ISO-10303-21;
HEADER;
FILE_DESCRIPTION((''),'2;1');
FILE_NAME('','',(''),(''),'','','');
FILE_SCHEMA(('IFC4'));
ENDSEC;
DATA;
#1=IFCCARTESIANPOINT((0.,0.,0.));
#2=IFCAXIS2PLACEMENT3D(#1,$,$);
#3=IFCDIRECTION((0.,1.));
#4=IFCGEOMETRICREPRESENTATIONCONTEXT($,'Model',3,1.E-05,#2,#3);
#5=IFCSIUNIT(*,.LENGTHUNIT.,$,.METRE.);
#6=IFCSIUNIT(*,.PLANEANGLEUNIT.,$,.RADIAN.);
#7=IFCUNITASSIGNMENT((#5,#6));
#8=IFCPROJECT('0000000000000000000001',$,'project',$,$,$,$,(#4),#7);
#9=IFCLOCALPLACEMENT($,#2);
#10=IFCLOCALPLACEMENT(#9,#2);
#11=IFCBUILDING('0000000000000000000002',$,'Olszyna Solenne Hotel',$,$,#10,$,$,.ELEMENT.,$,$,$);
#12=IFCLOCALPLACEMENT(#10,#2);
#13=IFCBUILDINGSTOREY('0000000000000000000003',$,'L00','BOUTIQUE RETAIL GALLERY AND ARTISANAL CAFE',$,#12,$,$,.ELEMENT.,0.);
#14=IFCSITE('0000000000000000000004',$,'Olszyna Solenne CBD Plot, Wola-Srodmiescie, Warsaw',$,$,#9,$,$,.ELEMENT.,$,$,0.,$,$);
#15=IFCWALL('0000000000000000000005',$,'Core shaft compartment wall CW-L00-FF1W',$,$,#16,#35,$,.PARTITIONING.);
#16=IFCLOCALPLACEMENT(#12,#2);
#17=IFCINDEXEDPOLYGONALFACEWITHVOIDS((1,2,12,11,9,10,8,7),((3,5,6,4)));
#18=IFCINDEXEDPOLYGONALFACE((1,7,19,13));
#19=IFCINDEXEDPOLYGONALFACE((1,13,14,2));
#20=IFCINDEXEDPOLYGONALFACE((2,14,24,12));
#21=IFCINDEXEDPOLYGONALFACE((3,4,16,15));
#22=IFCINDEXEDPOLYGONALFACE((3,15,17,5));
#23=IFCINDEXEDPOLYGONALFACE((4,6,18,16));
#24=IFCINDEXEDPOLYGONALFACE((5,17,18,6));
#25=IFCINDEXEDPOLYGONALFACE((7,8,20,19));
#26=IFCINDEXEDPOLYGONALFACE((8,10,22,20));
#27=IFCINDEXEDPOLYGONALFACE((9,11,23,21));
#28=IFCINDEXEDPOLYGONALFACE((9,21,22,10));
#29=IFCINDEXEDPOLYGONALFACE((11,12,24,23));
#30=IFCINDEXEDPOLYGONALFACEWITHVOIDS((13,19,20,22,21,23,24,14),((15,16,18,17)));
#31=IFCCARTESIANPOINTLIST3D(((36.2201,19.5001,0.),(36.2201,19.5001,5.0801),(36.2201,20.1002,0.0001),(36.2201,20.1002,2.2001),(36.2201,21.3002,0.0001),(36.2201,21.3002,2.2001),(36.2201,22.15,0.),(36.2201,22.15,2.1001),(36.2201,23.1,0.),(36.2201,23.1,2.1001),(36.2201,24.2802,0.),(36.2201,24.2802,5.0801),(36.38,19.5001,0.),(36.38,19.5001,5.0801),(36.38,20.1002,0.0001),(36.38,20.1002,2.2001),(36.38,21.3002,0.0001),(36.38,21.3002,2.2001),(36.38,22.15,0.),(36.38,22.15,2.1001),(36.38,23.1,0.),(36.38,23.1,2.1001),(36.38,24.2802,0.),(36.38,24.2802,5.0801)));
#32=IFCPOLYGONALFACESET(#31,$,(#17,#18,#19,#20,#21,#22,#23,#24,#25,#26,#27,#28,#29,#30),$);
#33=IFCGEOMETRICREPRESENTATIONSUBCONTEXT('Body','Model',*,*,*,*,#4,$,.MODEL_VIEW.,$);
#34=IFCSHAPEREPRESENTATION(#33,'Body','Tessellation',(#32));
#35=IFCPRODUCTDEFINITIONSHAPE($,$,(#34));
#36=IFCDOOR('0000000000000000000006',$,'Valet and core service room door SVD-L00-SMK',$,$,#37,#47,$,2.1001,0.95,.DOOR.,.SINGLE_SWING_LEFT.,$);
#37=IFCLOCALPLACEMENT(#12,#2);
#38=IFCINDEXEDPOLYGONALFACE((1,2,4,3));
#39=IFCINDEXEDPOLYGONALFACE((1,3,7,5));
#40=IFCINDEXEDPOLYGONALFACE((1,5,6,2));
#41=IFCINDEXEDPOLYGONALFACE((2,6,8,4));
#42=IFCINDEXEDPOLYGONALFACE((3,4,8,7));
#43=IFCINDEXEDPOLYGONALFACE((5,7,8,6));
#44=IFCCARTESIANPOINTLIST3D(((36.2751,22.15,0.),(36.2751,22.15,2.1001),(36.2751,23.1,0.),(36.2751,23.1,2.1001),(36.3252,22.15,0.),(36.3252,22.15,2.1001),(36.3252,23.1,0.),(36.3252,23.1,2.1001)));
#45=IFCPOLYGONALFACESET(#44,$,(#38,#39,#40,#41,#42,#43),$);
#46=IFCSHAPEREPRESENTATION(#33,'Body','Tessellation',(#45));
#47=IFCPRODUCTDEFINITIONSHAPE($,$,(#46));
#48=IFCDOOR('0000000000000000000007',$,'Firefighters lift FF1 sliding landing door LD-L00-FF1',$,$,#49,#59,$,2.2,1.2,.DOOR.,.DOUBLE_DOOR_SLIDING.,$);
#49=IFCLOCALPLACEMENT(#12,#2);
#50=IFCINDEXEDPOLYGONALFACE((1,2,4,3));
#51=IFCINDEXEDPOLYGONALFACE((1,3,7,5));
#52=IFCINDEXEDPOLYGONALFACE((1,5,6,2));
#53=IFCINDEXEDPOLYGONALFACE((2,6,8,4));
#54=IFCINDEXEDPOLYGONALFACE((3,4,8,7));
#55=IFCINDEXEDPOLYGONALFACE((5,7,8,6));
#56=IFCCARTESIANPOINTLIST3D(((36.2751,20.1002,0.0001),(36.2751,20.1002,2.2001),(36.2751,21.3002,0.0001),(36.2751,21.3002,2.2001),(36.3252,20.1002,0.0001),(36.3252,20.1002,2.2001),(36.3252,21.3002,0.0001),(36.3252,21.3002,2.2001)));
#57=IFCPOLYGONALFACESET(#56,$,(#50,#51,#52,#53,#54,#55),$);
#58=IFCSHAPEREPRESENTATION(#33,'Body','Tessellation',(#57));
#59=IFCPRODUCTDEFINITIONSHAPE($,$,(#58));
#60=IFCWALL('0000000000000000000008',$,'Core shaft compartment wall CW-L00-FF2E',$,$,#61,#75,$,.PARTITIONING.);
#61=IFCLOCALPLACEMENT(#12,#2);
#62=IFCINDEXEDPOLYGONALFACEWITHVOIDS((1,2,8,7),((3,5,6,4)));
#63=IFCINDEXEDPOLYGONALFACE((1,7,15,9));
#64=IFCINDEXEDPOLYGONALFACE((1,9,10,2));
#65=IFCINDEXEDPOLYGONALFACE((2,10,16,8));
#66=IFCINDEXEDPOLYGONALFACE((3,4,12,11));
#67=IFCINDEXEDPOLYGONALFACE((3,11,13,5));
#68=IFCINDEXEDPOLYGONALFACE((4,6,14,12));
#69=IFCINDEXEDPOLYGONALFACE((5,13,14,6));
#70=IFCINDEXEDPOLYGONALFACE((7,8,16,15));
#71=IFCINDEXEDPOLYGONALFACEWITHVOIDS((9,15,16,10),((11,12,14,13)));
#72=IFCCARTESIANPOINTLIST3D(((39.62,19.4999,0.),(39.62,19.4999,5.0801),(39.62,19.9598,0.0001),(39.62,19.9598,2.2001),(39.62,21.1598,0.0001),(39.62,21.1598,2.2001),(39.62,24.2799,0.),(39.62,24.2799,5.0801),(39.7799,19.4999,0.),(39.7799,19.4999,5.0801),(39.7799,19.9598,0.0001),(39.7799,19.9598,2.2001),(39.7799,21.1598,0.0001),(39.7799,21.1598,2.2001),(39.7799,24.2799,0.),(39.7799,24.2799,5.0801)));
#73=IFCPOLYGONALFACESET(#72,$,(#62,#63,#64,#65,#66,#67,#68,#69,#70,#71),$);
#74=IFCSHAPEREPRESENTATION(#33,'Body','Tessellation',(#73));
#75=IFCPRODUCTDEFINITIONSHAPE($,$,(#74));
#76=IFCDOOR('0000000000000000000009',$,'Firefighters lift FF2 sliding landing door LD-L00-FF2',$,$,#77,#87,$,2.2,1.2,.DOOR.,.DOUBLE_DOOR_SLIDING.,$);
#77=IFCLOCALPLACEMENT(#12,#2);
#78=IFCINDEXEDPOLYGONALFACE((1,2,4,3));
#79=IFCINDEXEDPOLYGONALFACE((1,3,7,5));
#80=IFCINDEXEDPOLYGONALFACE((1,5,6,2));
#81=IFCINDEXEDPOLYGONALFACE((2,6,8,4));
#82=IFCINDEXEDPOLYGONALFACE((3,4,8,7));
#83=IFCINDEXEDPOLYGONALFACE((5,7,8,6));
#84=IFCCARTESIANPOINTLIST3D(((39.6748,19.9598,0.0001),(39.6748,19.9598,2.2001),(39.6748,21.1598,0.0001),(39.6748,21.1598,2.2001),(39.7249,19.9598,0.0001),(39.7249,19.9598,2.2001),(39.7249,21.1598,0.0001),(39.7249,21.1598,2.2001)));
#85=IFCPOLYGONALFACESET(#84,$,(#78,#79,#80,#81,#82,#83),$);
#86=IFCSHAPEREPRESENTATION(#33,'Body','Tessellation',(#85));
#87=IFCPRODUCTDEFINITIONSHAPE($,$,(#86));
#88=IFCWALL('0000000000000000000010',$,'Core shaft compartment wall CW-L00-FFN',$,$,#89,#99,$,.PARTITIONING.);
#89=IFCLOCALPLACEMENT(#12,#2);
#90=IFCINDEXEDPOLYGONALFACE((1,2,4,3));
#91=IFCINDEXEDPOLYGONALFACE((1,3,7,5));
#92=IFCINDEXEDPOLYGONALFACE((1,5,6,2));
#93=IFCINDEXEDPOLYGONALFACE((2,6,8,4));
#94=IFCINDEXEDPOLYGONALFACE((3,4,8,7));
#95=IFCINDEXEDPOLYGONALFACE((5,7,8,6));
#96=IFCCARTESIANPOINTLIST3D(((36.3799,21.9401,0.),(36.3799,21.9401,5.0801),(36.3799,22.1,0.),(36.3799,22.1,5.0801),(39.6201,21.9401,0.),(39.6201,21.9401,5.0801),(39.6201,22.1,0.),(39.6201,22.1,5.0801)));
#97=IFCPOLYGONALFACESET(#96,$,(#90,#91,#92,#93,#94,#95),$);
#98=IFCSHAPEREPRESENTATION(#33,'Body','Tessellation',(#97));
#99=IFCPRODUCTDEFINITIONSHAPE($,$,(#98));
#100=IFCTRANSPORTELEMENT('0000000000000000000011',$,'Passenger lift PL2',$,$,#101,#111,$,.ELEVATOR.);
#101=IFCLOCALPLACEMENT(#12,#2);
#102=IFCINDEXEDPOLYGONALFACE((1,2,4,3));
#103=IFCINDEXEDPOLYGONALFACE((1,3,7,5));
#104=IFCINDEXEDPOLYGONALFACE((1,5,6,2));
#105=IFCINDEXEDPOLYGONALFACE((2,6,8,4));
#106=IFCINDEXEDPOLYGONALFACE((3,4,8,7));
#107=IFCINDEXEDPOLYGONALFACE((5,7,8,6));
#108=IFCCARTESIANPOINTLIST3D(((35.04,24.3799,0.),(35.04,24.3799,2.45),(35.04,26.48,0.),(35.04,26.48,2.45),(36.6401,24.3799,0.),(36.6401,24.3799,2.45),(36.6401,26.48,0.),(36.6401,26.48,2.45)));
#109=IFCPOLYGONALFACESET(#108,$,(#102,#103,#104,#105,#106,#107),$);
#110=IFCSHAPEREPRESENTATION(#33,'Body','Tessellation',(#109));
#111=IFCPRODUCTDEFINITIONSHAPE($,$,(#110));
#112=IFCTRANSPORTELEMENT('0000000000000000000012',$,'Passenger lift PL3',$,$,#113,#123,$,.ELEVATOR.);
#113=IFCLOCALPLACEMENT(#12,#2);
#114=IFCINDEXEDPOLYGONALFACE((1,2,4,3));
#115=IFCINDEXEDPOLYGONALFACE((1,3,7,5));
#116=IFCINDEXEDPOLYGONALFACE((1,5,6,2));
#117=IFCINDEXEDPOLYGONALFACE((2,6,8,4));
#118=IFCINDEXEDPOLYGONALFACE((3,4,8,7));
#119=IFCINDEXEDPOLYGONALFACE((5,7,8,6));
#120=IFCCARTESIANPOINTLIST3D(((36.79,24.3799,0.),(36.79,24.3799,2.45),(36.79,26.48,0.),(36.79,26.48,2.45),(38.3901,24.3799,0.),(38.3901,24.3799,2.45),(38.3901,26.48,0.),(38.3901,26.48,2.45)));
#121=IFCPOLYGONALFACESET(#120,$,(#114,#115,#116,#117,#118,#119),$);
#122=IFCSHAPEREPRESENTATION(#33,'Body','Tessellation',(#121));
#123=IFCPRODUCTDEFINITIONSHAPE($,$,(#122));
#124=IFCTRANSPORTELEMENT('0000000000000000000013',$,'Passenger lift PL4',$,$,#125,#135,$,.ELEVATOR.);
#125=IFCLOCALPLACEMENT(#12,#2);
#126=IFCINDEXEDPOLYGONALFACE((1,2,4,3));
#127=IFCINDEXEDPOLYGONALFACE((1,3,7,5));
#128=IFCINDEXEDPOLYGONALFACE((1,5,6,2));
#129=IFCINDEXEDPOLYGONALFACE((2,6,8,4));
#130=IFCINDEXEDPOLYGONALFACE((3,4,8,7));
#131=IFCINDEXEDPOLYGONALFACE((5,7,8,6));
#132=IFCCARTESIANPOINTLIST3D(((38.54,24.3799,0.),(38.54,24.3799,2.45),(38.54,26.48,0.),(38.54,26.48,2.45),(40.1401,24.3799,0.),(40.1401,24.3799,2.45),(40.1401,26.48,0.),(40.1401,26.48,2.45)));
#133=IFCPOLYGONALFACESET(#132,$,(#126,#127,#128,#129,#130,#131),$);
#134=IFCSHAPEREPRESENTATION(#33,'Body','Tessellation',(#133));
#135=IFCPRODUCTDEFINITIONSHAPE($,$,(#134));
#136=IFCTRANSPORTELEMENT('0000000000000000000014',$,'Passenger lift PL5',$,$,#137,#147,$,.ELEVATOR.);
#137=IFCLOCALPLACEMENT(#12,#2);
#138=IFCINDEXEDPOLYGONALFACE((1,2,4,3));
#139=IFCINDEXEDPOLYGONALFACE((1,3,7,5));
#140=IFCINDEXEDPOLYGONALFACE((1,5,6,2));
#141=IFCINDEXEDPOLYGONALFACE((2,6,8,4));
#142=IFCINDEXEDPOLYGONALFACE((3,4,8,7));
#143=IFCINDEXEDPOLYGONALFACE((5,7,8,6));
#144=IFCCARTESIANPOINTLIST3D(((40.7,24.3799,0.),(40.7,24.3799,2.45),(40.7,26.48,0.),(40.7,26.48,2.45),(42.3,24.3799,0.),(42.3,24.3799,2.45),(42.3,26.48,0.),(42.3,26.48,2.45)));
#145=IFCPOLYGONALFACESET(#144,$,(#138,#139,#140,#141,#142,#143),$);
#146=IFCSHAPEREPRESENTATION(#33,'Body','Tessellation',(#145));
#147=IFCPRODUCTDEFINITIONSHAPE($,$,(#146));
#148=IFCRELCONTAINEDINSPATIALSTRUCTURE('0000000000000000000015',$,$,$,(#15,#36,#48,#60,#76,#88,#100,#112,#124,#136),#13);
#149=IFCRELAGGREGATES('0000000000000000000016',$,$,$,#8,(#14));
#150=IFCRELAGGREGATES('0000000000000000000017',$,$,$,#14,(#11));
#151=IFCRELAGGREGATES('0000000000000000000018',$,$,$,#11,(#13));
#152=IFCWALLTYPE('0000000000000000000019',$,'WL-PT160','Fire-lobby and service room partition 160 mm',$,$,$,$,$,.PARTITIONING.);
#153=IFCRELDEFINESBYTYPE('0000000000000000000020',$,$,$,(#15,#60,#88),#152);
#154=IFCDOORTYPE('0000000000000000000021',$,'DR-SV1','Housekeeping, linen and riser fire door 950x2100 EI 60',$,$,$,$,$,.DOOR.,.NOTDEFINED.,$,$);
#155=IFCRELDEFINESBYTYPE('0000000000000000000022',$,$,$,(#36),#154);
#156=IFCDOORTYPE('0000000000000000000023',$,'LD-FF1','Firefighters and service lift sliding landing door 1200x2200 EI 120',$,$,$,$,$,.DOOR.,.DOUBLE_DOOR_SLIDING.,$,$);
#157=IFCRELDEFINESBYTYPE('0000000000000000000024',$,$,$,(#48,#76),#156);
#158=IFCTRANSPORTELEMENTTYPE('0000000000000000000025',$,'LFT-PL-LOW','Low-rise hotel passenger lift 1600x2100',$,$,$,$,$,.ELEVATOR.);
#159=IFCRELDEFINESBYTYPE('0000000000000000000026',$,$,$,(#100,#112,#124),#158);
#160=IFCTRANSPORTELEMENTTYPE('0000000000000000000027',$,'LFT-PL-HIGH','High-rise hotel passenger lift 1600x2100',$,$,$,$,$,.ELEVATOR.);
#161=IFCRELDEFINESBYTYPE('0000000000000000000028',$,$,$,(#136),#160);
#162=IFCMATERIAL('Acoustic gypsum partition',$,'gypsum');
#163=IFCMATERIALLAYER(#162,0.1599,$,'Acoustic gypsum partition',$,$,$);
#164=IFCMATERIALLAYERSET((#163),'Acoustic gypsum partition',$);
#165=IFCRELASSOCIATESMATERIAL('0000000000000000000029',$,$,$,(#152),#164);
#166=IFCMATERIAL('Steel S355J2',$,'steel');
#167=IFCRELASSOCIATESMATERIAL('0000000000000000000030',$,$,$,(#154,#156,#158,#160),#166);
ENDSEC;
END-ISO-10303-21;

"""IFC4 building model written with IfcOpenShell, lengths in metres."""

from ifc_helpers import new_model, si_unit, direction, frame, frame_2d, origin, origin_2d, place, context, subcontext, project, spatial, rectangle, extrude, source, transform, mapped, material, layer, layer_set, type_object, type_shapes, element, fill, save


model = new_model("IFC4")

# Units and contexts
model_context = context("Model", 3, precision=1e-05, world=origin(), true_north=direction((0.0, 1.0)))
body_context = subcontext(model_context, "Body", "Model", "MODEL_VIEW")
ifc_project = project(units=[si_unit("LENGTHUNIT", "METRE"), si_unit("PLANEANGLEUNIT", "RADIAN")], contexts=[model_context])

# Site, building, storey
site_placement = place(None, origin())
site = spatial("IfcSite", under=ifc_project, at=site_placement, Name="Olszyna Solenne CBD Plot, Wola-Srodmiescie, Warsaw", CompositionType="ELEMENT", RefElevation=0.0)
building_placement = place(site_placement, origin())
building = spatial("IfcBuilding", under=site, at=building_placement, Name="Olszyna Solenne Hotel", CompositionType="ELEMENT")
storey_placement = place(building_placement, origin())
storey = spatial("IfcBuildingStorey", under=building, at=storey_placement, Name="L00", Description="BOUTIQUE RETAIL GALLERY AND ARTISANAL CAFE", CompositionType="ELEMENT", Elevation=0.0)

# Shared definitions
ifc_material_1 = material(Name="Steel S355J2", Category="steel")

# Shared definitions
ifc_material_2 = material(Name="Acoustic gypsum partition", Category="gypsum")

# Wall, openings, doors
ifc_layer_1 = layer(ifc_material_2, 0.1599, Name="Acoustic gypsum partition")
ifc_layer_set_1 = layer_set([ifc_layer_1], Name="Acoustic gypsum partition")
wall_type_1 = type_object("IfcWallType", Name="WL-PT160", Description="Fire-lobby and service room partition 160 mm", PredefinedType="PARTITIONING", material=ifc_layer_set_1)
wall_1_placement = place(storey_placement, frame((36.3, 19.5, 0.0), z_axis=(0.0, 0.0, 1.0), x_axis=(0.0, 1.0, 0.0)))
wall_1 = element("IfcWall", 1, at=wall_1_placement, inside=storey, type_object=wall_type_1, Name="Core shaft compartment wall CW-L00-FF1W", PredefinedType="PARTITIONING", context=body_context, shape_type="SweptSolid", body=[
    extrude(rectangle(XDim=4.78, YDim=0.1599, at=frame_2d((2.3901, 0.0))), origin(), (0.0, 0.0, 1.0), 5.0801),
])
opening_1_placement = place(wall_1_placement, frame((0.6001, 0.0, 0.0)))
opening_1 = element("IfcOpeningElement", 2, at=opening_1_placement, cuts=wall_1, PredefinedType="OPENING", context=body_context, shape_type="SweptSolid", body=[
    extrude(rectangle(XDim=1.2, YDim=2.2, at=frame_2d((0.6001, 1.1001))), frame((0.0, 0.0898, 0.0), z_axis=(0.0, -1.0, 0.0), x_axis=(1.0, 0.0, 0.0)), (0.0, 0.0, 1.0), 0.1799),
])
opening_2_placement = place(wall_1_placement, frame((2.6499, 0.0, 0.0)))
opening_2 = element("IfcOpeningElement", 3, at=opening_2_placement, cuts=wall_1, PredefinedType="OPENING", context=body_context, shape_type="SweptSolid", body=[
    extrude(rectangle(XDim=0.95, YDim=2.1001, at=frame_2d((0.4751, 1.05))), frame((0.0, 0.0898, 0.0), z_axis=(0.0, -1.0, 0.0), x_axis=(1.0, 0.0, 0.0)), (0.0, 0.0, 1.0), 0.1799),
])
door_type_1 = type_object("IfcDoorType", Name="DR-SV1", Description="Housekeeping, linen and riser fire door 950x2100 EI 60", OperationType="NOTDEFINED", PredefinedType="DOOR", material=ifc_material_1)
shared_shape_1 = source(origin(), body_context, "Body", "SweptSolid", [
    extrude(rectangle(XDim=0.95, YDim=2.1001, at=frame_2d((0.4751, 1.05))), frame((0.0, 0.0249, 0.0), z_axis=(0.0, -1.0, 0.0), x_axis=(1.0, 0.0, 0.0)), (0.0, 0.0, 1.0), 0.05),
])
type_shapes(door_type_1, [shared_shape_1])
door_1_placement = place(opening_2_placement, origin())
door_1 = element("IfcDoor", 4, at=door_1_placement, inside=storey, type_object=door_type_1, Name="Valet and core service room door SVD-L00-SMK", OperationType="SINGLE_SWING_LEFT", OverallHeight=2.1001, OverallWidth=0.95, PredefinedType="DOOR", context=body_context, shape_type="MappedRepresentation", body=[
    mapped(shared_shape_1, transform((0.0, 0.0, 0.0), x_axis=(1.0, 0.0, 0.0), y_axis=(0.0, 1.0, 0.0), z_axis=(0.0, 0.0, 1.0), scale=1.0)),
])
fill(opening_2, door_1)
door_type_2 = type_object("IfcDoorType", Name="LD-FF1", Description="Firefighters and service lift sliding landing door 1200x2200 EI 120", OperationType="DOUBLE_DOOR_SLIDING", PredefinedType="DOOR", material=ifc_material_1)
shared_shape_2 = source(origin(), body_context, "Body", "SweptSolid", [
    extrude(rectangle(XDim=1.2, YDim=2.2, at=frame_2d((0.6001, 1.1001))), frame((0.0, 0.0249, 0.0), z_axis=(0.0, -1.0, 0.0), x_axis=(1.0, 0.0, 0.0)), (0.0, 0.0, 1.0), 0.05),
])
type_shapes(door_type_2, [shared_shape_2])
door_2_placement = place(opening_1_placement, origin())
door_2 = element("IfcDoor", 5, at=door_2_placement, inside=storey, type_object=door_type_2, Name="Firefighters lift FF1 sliding landing door LD-L00-FF1", OperationType="DOUBLE_DOOR_SLIDING", OverallHeight=2.2, OverallWidth=1.2, PredefinedType="DOOR", context=body_context, shape_type="MappedRepresentation", body=[
    mapped(shared_shape_2, transform((0.0, 0.0, 0.0), x_axis=(1.0, 0.0, 0.0), y_axis=(0.0, 1.0, 0.0), z_axis=(0.0, 0.0, 1.0), scale=1.0)),
])
fill(opening_1, door_2)

# Wall, opening, door
wall_2_placement = place(storey_placement, frame((39.7, 24.28, 0.0), z_axis=(0.0, 0.0, 1.0), x_axis=(0.0, -1.0, 0.0)))
wall_2 = element("IfcWall", 6, at=wall_2_placement, inside=storey, type_object=wall_type_1, Name="Core shaft compartment wall CW-L00-FF2E", PredefinedType="PARTITIONING", context=body_context, shape_type="SweptSolid", body=[
    extrude(rectangle(XDim=4.78, YDim=0.1599, at=frame_2d((2.3901, 0.0))), origin(), (0.0, 0.0, 1.0), 5.0801),
])
opening_3_placement = place(wall_2_placement, frame((3.1201, 0.0, 0.0)))
opening_3 = element("IfcOpeningElement", 7, at=opening_3_placement, cuts=wall_2, PredefinedType="OPENING", context=body_context, shape_type="SweptSolid", body=[
    extrude(rectangle(XDim=1.2, YDim=2.2, at=frame_2d((0.6001, 1.1001))), frame((0.0, 0.0898, 0.0), z_axis=(0.0, -1.0, 0.0), x_axis=(1.0, 0.0, 0.0)), (0.0, 0.0, 1.0), 0.1799),
])
door_3_placement = place(opening_3_placement, origin())
door_3 = element("IfcDoor", 8, at=door_3_placement, inside=storey, type_object=door_type_2, Name="Firefighters lift FF2 sliding landing door LD-L00-FF2", OperationType="DOUBLE_DOOR_SLIDING", OverallHeight=2.2, OverallWidth=1.2, PredefinedType="DOOR", context=body_context, shape_type="MappedRepresentation", body=[
    mapped(shared_shape_2, transform((0.0, 0.0, 0.0), x_axis=(1.0, 0.0, 0.0), y_axis=(0.0, 1.0, 0.0), z_axis=(0.0, 0.0, 1.0), scale=1.0)),
])
fill(opening_3, door_3)

# Wall
wall_3_placement = place(storey_placement, frame((36.3799, 22.02, 0.0), z_axis=(0.0, 0.0, 1.0), x_axis=(1.0, 0.0, 0.0)))
element("IfcWall", 9, at=wall_3_placement, inside=storey, type_object=wall_type_1, Name="Core shaft compartment wall CW-L00-FFN", PredefinedType="PARTITIONING", context=body_context, shape_type="SweptSolid", body=[
    extrude(rectangle(XDim=3.2402, YDim=0.1599, at=frame_2d((1.6201, 0.0))), origin(), (0.0, 0.0, 1.0), 5.0801),
])

# Transport elements
transport_element_type_1 = type_object("IfcTransportElementType", Name="LFT-PL-LOW", Description="Low-rise hotel passenger lift 1600x2100", PredefinedType="ELEVATOR", material=ifc_material_1)
shared_shape_3 = source(origin(), body_context, "Body", "SweptSolid", [
    extrude(rectangle(XDim=1.6001, YDim=2.1001, at=origin_2d()), origin(), (0.0, 0.0, 1.0), 2.45),
])
for number, where, z_axis, x_axis, name in (
    (10, (35.8401, 25.4299, 0.0), (0.0, 0.0, 1.0), (1.0, 0.0, 0.0), "Passenger lift PL2"),
    (11, (37.5901, 25.4299, 0.0), (0.0, 0.0, 1.0), (1.0, 0.0, 0.0), "Passenger lift PL3"),
    (12, (39.3401, 25.4299, 0.0), (0.0, 0.0, 1.0), (1.0, 0.0, 0.0), "Passenger lift PL4"),
):
    element("IfcTransportElement", number, at=place(storey_placement, frame(where, z_axis=z_axis, x_axis=x_axis)), inside=storey, type_object=transport_element_type_1, Name=name, PredefinedType="ELEVATOR", context=body_context, shape_type="MappedRepresentation", body=[
        mapped(shared_shape_3, transform((0.0, 0.0, 0.0), x_axis=(1.0, 0.0, 0.0), y_axis=(0.0, 1.0, 0.0), z_axis=(0.0, 0.0, 1.0), scale=1.0)),
    ])
transport_element_type_2 = type_object("IfcTransportElementType", Name="LFT-PL-HIGH", Description="High-rise hotel passenger lift 1600x2100", PredefinedType="ELEVATOR", material=ifc_material_1)
transport_element_placement = place(storey_placement, frame((41.5, 25.4299, 0.0), z_axis=(0.0, 0.0, 1.0), x_axis=(1.0, 0.0, 0.0)))
element("IfcTransportElement", 13, at=transport_element_placement, inside=storey, type_object=transport_element_type_2, Name="Passenger lift PL5", PredefinedType="ELEVATOR", context=body_context, shape_type="MappedRepresentation", body=[
    mapped(shared_shape_3, transform((0.0, 0.0, 0.0), x_axis=(1.0, 0.0, 0.0), y_axis=(0.0, 1.0, 0.0), z_axis=(0.0, 0.0, 1.0), scale=1.0)),
])

save(model, "model.ifc")
